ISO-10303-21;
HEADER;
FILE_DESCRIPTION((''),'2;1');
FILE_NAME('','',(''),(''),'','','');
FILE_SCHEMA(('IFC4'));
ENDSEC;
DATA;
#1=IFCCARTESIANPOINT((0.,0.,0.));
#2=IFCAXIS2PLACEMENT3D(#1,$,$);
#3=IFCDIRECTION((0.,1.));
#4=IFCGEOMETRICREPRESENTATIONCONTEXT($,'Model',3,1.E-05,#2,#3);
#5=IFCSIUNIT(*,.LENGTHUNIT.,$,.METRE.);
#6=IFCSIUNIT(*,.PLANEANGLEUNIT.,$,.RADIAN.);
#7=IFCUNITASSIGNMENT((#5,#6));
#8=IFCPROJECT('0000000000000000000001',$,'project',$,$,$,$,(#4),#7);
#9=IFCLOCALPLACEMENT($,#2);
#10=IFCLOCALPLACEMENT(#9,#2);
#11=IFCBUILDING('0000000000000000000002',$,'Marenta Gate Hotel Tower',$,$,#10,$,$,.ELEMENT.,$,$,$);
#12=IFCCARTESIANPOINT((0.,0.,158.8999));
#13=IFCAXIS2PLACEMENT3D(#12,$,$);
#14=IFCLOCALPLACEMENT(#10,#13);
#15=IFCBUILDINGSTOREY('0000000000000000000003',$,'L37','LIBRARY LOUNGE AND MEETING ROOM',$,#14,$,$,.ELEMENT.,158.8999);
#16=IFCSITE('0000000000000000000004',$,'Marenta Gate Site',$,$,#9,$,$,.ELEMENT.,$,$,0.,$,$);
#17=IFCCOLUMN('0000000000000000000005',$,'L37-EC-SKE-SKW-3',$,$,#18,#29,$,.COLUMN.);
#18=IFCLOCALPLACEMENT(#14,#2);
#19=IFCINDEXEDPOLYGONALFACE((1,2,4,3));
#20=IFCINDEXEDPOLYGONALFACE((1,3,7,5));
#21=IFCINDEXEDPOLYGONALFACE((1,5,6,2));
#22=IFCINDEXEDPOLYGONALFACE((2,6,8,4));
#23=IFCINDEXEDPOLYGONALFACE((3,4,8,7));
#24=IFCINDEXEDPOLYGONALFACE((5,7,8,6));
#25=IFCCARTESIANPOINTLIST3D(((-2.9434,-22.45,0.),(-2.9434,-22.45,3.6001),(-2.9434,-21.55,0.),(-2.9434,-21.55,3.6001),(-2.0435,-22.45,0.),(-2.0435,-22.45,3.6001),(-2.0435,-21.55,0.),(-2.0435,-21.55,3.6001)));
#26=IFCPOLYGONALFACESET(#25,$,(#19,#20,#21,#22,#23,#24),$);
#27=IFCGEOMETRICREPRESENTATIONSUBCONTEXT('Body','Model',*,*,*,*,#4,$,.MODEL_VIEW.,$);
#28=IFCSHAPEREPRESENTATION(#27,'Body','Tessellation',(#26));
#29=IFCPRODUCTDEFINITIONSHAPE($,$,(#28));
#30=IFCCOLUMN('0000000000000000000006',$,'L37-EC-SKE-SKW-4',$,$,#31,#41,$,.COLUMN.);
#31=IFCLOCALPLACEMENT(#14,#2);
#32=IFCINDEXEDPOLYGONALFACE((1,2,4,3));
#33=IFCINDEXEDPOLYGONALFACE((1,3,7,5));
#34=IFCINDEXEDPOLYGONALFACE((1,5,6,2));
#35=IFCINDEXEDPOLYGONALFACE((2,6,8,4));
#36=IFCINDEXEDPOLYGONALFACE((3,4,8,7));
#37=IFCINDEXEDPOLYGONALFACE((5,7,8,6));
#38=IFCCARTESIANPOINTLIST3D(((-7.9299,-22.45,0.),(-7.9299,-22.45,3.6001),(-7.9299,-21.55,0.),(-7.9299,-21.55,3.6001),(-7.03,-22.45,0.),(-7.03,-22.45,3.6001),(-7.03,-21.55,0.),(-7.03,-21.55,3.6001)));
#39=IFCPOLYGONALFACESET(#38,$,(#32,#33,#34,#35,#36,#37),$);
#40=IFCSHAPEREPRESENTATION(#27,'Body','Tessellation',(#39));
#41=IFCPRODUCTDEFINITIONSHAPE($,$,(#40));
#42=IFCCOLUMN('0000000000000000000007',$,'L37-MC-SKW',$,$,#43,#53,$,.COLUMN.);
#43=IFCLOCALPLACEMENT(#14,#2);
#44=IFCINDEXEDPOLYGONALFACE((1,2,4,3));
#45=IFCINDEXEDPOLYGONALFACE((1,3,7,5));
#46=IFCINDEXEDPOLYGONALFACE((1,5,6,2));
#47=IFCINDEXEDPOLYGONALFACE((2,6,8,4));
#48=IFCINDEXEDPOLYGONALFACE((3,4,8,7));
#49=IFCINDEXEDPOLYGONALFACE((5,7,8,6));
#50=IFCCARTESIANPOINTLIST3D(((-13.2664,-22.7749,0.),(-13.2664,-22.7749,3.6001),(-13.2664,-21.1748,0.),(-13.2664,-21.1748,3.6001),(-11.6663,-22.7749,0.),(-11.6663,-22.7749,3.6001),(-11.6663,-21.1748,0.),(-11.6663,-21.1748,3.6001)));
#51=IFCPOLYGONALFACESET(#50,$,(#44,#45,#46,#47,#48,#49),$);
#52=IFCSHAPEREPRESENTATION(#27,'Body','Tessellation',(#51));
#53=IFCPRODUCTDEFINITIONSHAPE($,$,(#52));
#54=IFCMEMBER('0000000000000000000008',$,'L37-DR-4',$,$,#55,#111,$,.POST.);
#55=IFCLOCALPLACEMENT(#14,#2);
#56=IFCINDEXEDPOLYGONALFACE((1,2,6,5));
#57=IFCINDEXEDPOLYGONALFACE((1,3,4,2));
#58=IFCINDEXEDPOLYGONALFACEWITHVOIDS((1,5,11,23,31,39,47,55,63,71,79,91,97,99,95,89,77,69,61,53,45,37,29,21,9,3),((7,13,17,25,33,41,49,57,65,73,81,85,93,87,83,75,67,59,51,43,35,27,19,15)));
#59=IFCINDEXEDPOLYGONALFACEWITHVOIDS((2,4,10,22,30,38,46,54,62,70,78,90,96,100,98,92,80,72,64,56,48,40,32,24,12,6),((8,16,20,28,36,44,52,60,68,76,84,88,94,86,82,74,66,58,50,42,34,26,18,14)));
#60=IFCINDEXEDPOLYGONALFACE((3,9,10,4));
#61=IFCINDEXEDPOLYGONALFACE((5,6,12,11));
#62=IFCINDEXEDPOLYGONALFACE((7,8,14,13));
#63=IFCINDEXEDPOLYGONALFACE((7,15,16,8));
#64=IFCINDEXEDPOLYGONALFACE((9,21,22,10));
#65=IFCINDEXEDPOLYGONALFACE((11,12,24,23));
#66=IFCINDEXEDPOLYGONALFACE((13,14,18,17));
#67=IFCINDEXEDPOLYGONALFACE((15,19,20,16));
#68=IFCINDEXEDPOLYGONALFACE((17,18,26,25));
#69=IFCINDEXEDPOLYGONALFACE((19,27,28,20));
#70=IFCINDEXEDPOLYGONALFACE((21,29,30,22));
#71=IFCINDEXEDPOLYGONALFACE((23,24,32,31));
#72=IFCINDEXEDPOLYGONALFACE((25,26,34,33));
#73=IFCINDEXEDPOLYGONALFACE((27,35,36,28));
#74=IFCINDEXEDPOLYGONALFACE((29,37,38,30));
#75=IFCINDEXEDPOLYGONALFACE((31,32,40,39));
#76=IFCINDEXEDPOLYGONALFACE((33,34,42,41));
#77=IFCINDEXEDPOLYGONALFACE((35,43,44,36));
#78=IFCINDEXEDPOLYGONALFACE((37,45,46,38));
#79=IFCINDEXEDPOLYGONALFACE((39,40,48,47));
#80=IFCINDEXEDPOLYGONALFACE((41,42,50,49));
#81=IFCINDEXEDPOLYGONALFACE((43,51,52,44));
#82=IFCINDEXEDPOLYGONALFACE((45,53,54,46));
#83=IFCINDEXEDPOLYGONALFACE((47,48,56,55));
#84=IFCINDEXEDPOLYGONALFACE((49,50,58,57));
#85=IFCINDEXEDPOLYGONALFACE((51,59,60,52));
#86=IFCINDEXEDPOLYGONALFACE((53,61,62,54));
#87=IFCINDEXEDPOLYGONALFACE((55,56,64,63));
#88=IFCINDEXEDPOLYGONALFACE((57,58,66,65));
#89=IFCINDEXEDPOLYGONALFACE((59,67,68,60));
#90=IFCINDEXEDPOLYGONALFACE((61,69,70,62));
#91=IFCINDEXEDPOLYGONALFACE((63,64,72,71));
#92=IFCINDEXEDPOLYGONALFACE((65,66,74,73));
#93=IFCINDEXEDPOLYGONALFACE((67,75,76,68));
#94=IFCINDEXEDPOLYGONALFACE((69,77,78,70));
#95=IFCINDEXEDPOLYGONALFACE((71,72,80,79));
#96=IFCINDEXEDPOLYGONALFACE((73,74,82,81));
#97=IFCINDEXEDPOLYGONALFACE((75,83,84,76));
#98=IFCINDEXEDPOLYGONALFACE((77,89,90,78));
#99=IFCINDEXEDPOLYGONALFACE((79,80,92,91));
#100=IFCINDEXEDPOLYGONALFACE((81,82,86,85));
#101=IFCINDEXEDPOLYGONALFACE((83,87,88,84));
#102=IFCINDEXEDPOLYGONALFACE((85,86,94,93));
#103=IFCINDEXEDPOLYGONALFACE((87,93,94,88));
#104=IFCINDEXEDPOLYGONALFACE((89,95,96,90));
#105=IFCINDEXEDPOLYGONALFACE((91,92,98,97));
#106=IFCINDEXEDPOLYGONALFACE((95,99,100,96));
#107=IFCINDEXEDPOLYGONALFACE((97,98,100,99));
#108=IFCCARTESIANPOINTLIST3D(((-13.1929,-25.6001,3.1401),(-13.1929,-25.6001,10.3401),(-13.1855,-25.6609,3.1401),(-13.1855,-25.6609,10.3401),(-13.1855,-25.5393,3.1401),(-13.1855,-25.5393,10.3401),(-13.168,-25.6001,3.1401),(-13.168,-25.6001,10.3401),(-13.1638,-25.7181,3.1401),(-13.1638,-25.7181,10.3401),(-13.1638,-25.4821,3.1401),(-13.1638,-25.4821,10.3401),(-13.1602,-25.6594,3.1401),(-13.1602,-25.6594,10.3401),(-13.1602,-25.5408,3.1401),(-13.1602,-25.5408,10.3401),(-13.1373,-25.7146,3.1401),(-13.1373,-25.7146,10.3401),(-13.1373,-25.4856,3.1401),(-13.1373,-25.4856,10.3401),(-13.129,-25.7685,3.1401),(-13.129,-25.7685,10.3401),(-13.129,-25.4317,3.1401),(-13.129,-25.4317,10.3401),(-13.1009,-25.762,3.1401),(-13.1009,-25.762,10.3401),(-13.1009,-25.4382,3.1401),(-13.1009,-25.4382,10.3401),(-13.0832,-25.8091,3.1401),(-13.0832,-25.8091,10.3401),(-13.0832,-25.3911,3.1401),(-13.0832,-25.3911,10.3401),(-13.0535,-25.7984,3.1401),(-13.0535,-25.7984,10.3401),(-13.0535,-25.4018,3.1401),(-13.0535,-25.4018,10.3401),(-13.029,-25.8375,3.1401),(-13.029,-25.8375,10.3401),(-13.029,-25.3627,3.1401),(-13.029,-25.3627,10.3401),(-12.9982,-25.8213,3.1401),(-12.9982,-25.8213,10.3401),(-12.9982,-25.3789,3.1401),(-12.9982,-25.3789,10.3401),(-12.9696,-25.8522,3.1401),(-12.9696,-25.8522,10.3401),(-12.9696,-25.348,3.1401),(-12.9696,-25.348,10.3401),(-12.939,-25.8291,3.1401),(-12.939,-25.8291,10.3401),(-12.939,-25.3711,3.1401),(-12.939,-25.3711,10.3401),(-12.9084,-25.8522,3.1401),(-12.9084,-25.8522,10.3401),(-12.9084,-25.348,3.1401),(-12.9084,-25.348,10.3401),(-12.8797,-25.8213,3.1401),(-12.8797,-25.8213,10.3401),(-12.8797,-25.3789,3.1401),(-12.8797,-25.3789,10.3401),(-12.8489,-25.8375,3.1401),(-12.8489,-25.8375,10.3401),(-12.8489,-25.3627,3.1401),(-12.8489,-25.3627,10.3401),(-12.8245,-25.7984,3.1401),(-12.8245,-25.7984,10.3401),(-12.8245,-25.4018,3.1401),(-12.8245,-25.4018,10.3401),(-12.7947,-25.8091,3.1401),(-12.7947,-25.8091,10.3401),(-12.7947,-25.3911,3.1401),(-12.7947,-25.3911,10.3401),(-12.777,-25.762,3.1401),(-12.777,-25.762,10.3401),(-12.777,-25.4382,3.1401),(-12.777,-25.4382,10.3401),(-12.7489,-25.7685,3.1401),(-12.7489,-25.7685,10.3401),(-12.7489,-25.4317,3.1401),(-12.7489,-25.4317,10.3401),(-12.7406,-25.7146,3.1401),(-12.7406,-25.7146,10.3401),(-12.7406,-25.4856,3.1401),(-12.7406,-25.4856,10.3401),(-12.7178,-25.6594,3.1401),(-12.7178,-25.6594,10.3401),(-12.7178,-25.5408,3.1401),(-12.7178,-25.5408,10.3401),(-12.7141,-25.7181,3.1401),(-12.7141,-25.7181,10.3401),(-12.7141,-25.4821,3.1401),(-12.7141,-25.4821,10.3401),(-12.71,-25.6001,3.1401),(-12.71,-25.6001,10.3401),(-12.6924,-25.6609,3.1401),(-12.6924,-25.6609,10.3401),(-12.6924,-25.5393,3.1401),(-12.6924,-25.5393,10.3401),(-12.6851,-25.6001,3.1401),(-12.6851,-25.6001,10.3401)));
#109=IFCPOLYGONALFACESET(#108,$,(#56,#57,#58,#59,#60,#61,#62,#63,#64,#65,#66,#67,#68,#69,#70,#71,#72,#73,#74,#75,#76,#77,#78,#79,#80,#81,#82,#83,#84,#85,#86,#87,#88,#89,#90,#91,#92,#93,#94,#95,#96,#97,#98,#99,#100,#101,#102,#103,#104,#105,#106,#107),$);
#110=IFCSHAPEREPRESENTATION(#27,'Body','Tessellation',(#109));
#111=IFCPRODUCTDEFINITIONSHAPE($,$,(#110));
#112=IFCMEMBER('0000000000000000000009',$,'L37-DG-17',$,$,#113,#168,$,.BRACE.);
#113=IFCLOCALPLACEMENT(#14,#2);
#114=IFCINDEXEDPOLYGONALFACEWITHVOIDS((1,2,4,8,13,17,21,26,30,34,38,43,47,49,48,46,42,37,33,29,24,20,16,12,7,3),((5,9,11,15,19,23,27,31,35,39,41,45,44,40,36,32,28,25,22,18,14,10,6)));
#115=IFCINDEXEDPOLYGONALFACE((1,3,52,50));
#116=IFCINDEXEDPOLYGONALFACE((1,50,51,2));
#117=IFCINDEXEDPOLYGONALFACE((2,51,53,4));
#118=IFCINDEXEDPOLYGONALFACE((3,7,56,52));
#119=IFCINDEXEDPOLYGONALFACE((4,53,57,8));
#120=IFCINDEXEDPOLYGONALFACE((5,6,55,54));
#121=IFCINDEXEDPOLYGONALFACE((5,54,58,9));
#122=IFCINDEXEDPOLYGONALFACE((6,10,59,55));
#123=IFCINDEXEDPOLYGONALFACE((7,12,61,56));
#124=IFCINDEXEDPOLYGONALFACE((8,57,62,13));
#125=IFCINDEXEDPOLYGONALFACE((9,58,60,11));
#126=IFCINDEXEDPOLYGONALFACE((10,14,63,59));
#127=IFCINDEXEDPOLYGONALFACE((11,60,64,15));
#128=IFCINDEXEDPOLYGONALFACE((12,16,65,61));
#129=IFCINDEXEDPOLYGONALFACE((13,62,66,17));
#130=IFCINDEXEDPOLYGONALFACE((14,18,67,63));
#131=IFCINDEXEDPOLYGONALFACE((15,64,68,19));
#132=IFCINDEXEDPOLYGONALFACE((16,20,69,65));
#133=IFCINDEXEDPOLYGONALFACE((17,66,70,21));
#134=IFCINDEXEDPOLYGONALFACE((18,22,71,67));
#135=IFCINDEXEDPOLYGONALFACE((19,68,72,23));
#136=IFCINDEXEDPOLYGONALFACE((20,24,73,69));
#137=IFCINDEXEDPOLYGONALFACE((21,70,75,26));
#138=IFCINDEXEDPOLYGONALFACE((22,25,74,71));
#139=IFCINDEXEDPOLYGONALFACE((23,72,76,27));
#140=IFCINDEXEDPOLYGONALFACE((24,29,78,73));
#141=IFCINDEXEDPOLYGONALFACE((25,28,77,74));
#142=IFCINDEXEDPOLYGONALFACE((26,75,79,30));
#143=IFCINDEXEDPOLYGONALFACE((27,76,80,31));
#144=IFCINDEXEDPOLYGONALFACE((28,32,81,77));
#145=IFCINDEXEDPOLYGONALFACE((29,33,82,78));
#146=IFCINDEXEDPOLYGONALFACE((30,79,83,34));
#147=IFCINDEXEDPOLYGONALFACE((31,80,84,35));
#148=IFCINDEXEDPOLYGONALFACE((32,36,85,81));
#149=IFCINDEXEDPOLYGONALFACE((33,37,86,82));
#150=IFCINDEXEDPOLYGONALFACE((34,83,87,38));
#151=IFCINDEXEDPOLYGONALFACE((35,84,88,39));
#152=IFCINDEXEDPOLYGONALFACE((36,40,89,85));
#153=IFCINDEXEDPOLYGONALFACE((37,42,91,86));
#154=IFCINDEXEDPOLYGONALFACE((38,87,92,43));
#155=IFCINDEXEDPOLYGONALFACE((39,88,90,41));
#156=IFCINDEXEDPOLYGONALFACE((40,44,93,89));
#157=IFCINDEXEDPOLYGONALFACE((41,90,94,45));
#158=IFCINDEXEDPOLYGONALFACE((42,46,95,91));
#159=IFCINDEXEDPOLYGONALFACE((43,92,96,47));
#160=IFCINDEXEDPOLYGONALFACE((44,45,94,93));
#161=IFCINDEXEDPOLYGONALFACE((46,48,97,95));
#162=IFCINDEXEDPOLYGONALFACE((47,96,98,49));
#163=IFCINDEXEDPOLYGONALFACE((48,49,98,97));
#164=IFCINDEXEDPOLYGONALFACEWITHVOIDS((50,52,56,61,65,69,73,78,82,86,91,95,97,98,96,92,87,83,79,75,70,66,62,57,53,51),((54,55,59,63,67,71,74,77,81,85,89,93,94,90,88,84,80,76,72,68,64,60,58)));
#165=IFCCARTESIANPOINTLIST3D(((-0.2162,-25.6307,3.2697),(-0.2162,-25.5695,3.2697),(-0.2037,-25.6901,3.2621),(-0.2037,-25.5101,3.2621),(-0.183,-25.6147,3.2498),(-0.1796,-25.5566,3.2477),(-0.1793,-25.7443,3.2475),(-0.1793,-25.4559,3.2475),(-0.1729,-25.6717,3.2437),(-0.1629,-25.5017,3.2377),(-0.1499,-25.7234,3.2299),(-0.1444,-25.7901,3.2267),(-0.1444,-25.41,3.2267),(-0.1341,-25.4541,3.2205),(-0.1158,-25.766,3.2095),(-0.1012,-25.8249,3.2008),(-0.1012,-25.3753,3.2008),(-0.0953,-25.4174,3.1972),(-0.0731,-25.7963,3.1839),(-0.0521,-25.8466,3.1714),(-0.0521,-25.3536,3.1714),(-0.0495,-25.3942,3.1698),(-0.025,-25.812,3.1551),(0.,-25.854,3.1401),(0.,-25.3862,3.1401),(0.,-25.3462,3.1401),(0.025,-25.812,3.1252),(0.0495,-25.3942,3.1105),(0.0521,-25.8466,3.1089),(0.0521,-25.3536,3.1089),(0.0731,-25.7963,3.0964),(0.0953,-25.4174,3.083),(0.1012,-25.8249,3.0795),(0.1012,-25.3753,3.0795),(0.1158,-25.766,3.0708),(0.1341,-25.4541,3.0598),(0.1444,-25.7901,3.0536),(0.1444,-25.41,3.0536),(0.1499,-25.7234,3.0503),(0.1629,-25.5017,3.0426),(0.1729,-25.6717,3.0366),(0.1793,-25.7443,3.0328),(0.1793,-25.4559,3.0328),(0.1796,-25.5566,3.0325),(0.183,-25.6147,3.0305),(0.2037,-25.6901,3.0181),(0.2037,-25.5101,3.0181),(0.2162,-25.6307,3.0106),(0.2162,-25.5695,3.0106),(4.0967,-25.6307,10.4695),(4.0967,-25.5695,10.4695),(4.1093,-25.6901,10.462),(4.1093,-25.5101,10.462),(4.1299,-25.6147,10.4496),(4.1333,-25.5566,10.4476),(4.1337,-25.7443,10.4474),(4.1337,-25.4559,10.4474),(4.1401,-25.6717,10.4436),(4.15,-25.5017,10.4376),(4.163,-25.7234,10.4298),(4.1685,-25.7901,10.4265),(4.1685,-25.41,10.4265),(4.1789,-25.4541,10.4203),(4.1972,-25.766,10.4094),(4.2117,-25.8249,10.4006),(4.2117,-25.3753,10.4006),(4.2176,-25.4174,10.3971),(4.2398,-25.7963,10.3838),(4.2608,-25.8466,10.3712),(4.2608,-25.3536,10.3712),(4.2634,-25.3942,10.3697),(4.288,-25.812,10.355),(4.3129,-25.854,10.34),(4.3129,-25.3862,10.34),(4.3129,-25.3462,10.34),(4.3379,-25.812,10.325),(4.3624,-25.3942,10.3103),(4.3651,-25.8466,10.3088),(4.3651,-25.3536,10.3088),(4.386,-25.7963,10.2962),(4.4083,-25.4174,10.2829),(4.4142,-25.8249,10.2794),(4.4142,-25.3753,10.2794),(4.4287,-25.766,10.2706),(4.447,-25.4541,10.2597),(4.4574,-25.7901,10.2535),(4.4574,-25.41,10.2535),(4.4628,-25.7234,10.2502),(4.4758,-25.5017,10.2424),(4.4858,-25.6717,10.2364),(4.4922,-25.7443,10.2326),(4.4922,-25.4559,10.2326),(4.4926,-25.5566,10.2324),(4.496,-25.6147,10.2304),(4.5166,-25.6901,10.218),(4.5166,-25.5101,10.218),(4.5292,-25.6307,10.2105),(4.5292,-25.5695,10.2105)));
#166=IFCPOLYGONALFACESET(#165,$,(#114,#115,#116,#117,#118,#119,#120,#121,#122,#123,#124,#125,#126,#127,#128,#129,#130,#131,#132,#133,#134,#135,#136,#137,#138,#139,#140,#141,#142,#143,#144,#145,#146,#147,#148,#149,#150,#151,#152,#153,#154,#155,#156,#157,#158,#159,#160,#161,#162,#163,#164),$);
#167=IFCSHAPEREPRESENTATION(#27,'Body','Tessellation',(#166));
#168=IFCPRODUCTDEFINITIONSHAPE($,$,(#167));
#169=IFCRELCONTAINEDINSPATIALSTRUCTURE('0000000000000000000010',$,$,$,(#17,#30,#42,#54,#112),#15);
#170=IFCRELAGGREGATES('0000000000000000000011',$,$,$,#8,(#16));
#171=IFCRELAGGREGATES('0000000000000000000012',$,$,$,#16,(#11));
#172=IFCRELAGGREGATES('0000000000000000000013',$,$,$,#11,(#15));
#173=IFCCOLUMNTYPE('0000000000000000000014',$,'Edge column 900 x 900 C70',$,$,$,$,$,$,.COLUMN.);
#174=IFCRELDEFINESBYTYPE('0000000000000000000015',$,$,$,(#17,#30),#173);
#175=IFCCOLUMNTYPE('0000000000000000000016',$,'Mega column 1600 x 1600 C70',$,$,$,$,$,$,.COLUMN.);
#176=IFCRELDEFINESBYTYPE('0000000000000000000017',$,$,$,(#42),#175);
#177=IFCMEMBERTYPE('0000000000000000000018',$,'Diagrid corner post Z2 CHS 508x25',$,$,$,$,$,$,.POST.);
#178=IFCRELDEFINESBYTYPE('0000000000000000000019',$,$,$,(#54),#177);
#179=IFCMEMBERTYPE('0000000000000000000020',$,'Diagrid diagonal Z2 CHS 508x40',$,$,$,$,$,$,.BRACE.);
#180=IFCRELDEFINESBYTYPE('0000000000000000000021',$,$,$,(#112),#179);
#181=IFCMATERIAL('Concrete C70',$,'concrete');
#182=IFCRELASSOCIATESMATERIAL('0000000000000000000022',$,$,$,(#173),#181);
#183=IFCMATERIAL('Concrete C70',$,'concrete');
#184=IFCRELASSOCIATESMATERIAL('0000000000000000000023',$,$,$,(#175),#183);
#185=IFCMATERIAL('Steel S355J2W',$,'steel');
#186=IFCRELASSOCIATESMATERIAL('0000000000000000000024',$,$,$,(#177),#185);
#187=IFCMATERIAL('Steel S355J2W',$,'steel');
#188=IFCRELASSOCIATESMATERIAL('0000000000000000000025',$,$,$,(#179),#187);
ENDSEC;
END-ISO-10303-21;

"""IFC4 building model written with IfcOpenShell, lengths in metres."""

from ifc_helpers import new_model, si_unit, direction, frame, origin, origin_2d, place, context, subcontext, project, spatial, rectangle, hollow_circle, extrude, material, material_profile, profile_set, type_object, element, save


model = new_model("IFC4")

# Units and contexts
model_context = context("Model", 3, precision=1e-05, world=origin(), true_north=direction((0.0, 1.0)))
body_context = subcontext(model_context, "Body", "Model", "MODEL_VIEW")
ifc_project = project(units=[si_unit("LENGTHUNIT", "METRE"), si_unit("PLANEANGLEUNIT", "RADIAN")], contexts=[model_context])

# Site, building, storey
site_placement = place(None, origin())
site = spatial("IfcSite", under=ifc_project, at=site_placement, Name="Marenta Gate Site", CompositionType="ELEMENT", RefElevation=0.0)
building_placement = place(site_placement, origin())
building = spatial("IfcBuilding", under=site, at=building_placement, Name="Marenta Gate Hotel Tower", CompositionType="ELEMENT")
storey_placement = place(building_placement, frame((0.0, 0.0, 158.8999)))
storey = spatial("IfcBuildingStorey", under=building, at=storey_placement, Name="L37", Description="LIBRARY LOUNGE AND MEETING ROOM", CompositionType="ELEMENT", Elevation=158.8999)

# Columns
ifc_material_1 = material(Name="Concrete C70", Category="concrete")
ifc_material_profile_1 = material_profile(ifc_material_1, rectangle(XDim=0.8999, YDim=0.8999, at=origin_2d()), Name="900 x 900")
ifc_profile_set_1 = profile_set([ifc_material_profile_1], Name="Concrete C70")
column_type_1 = type_object("IfcColumnType", Name="Edge column 900 x 900 C70", PredefinedType="COLUMN", material=ifc_profile_set_1)
for number, where, z_axis, x_axis, name in (
    (1, (-2.4934, -22.0, 0.0), (0.0, 0.0, 1.0), (1.0, 0.0, 0.0), "L37-EC-SKE-SKW-3"),
    (2, (-7.48, -22.0, 0.0), (0.0, 0.0, 1.0), (1.0, 0.0, 0.0), "L37-EC-SKE-SKW-4"),
):
    element("IfcColumn", number, at=place(storey_placement, frame(where, z_axis=z_axis, x_axis=x_axis)), inside=storey, type_object=column_type_1, Name=name, PredefinedType="COLUMN", context=body_context, shape_type="SweptSolid", body=[
        extrude(rectangle(XDim=0.8999, YDim=0.8999, at=origin_2d()), origin(), (0.0, 0.0, 1.0), 3.6001),
    ])
ifc_material_2 = material(Name="Concrete C70", Category="concrete")
ifc_material_profile_2 = material_profile(ifc_material_2, rectangle(XDim=1.6001, YDim=1.6001, at=origin_2d()), Name="1600 x 1600")
ifc_profile_set_2 = profile_set([ifc_material_profile_2], Name="Concrete C70")
column_type_2 = type_object("IfcColumnType", Name="Mega column 1600 x 1600 C70", PredefinedType="COLUMN", material=ifc_profile_set_2)
column_placement = place(storey_placement, frame((-12.4663, -21.9749, 0.0), z_axis=(0.0, 0.0, 1.0), x_axis=(1.0, 0.0, 0.0)))
element("IfcColumn", 3, at=column_placement, inside=storey, type_object=column_type_2, Name="L37-MC-SKW", PredefinedType="COLUMN", context=body_context, shape_type="SweptSolid", body=[
    extrude(rectangle(XDim=1.6001, YDim=1.6001, at=origin_2d()), origin(), (0.0, 0.0, 1.0), 3.6001),
])

# Members
ifc_material_3 = material(Name="Steel S355J2W", Category="steel")
ifc_material_profile_3 = material_profile(ifc_material_3, hollow_circle(Radius=0.2539, WallThickness=0.0249, at=origin_2d()), Name="CHS 508x25")
ifc_profile_set_3 = profile_set([ifc_material_profile_3], Name="Steel S355J2W")
member_type_1 = type_object("IfcMemberType", Name="Diagrid corner post Z2 CHS 508x25", PredefinedType="POST", material=ifc_profile_set_3)
member_1_placement = place(storey_placement, frame((-12.939, -25.6001, 3.1401), z_axis=(0.0, 0.0, 1.0), x_axis=(1.0, 0.0, 0.0)))
element("IfcMember", 4, at=member_1_placement, inside=storey, type_object=member_type_1, Name="L37-DR-4", PredefinedType="POST", context=body_context, shape_type="SweptSolid", body=[
    extrude(hollow_circle(Radius=0.2539, WallThickness=0.0249, at=origin_2d()), origin(), (0.0, 0.0, 1.0), 7.2),
])
ifc_material_4 = material(Name="Steel S355J2W", Category="steel")
ifc_material_profile_4 = material_profile(ifc_material_4, hollow_circle(Radius=0.2539, WallThickness=0.04, at=origin_2d()), Name="CHS 508x40")
ifc_profile_set_4 = profile_set([ifc_material_profile_4], Name="Steel S355J2W")
member_type_2 = type_object("IfcMemberType", Name="Diagrid diagonal Z2 CHS 508x40", PredefinedType="BRACE", material=ifc_profile_set_4)
for number, where, z_axis, x_axis, name in (
    (5, (0.0, -25.6001, 3.1401), (0.513884, 0.0, 0.85786), (0.0, 1.0, 0.0), "L37-DG-17"),
):
    element("IfcMember", number, at=place(storey_placement, frame(where, z_axis=z_axis, x_axis=x_axis)), inside=storey, type_object=member_type_2, Name=name, PredefinedType="BRACE", context=body_context, shape_type="SweptSolid", body=[
        extrude(hollow_circle(Radius=0.2539, WallThickness=0.04, at=origin_2d()), origin(), (0.0, 0.0, 1.0), 8.3928),
    ])

save(model, "model.ifc")
